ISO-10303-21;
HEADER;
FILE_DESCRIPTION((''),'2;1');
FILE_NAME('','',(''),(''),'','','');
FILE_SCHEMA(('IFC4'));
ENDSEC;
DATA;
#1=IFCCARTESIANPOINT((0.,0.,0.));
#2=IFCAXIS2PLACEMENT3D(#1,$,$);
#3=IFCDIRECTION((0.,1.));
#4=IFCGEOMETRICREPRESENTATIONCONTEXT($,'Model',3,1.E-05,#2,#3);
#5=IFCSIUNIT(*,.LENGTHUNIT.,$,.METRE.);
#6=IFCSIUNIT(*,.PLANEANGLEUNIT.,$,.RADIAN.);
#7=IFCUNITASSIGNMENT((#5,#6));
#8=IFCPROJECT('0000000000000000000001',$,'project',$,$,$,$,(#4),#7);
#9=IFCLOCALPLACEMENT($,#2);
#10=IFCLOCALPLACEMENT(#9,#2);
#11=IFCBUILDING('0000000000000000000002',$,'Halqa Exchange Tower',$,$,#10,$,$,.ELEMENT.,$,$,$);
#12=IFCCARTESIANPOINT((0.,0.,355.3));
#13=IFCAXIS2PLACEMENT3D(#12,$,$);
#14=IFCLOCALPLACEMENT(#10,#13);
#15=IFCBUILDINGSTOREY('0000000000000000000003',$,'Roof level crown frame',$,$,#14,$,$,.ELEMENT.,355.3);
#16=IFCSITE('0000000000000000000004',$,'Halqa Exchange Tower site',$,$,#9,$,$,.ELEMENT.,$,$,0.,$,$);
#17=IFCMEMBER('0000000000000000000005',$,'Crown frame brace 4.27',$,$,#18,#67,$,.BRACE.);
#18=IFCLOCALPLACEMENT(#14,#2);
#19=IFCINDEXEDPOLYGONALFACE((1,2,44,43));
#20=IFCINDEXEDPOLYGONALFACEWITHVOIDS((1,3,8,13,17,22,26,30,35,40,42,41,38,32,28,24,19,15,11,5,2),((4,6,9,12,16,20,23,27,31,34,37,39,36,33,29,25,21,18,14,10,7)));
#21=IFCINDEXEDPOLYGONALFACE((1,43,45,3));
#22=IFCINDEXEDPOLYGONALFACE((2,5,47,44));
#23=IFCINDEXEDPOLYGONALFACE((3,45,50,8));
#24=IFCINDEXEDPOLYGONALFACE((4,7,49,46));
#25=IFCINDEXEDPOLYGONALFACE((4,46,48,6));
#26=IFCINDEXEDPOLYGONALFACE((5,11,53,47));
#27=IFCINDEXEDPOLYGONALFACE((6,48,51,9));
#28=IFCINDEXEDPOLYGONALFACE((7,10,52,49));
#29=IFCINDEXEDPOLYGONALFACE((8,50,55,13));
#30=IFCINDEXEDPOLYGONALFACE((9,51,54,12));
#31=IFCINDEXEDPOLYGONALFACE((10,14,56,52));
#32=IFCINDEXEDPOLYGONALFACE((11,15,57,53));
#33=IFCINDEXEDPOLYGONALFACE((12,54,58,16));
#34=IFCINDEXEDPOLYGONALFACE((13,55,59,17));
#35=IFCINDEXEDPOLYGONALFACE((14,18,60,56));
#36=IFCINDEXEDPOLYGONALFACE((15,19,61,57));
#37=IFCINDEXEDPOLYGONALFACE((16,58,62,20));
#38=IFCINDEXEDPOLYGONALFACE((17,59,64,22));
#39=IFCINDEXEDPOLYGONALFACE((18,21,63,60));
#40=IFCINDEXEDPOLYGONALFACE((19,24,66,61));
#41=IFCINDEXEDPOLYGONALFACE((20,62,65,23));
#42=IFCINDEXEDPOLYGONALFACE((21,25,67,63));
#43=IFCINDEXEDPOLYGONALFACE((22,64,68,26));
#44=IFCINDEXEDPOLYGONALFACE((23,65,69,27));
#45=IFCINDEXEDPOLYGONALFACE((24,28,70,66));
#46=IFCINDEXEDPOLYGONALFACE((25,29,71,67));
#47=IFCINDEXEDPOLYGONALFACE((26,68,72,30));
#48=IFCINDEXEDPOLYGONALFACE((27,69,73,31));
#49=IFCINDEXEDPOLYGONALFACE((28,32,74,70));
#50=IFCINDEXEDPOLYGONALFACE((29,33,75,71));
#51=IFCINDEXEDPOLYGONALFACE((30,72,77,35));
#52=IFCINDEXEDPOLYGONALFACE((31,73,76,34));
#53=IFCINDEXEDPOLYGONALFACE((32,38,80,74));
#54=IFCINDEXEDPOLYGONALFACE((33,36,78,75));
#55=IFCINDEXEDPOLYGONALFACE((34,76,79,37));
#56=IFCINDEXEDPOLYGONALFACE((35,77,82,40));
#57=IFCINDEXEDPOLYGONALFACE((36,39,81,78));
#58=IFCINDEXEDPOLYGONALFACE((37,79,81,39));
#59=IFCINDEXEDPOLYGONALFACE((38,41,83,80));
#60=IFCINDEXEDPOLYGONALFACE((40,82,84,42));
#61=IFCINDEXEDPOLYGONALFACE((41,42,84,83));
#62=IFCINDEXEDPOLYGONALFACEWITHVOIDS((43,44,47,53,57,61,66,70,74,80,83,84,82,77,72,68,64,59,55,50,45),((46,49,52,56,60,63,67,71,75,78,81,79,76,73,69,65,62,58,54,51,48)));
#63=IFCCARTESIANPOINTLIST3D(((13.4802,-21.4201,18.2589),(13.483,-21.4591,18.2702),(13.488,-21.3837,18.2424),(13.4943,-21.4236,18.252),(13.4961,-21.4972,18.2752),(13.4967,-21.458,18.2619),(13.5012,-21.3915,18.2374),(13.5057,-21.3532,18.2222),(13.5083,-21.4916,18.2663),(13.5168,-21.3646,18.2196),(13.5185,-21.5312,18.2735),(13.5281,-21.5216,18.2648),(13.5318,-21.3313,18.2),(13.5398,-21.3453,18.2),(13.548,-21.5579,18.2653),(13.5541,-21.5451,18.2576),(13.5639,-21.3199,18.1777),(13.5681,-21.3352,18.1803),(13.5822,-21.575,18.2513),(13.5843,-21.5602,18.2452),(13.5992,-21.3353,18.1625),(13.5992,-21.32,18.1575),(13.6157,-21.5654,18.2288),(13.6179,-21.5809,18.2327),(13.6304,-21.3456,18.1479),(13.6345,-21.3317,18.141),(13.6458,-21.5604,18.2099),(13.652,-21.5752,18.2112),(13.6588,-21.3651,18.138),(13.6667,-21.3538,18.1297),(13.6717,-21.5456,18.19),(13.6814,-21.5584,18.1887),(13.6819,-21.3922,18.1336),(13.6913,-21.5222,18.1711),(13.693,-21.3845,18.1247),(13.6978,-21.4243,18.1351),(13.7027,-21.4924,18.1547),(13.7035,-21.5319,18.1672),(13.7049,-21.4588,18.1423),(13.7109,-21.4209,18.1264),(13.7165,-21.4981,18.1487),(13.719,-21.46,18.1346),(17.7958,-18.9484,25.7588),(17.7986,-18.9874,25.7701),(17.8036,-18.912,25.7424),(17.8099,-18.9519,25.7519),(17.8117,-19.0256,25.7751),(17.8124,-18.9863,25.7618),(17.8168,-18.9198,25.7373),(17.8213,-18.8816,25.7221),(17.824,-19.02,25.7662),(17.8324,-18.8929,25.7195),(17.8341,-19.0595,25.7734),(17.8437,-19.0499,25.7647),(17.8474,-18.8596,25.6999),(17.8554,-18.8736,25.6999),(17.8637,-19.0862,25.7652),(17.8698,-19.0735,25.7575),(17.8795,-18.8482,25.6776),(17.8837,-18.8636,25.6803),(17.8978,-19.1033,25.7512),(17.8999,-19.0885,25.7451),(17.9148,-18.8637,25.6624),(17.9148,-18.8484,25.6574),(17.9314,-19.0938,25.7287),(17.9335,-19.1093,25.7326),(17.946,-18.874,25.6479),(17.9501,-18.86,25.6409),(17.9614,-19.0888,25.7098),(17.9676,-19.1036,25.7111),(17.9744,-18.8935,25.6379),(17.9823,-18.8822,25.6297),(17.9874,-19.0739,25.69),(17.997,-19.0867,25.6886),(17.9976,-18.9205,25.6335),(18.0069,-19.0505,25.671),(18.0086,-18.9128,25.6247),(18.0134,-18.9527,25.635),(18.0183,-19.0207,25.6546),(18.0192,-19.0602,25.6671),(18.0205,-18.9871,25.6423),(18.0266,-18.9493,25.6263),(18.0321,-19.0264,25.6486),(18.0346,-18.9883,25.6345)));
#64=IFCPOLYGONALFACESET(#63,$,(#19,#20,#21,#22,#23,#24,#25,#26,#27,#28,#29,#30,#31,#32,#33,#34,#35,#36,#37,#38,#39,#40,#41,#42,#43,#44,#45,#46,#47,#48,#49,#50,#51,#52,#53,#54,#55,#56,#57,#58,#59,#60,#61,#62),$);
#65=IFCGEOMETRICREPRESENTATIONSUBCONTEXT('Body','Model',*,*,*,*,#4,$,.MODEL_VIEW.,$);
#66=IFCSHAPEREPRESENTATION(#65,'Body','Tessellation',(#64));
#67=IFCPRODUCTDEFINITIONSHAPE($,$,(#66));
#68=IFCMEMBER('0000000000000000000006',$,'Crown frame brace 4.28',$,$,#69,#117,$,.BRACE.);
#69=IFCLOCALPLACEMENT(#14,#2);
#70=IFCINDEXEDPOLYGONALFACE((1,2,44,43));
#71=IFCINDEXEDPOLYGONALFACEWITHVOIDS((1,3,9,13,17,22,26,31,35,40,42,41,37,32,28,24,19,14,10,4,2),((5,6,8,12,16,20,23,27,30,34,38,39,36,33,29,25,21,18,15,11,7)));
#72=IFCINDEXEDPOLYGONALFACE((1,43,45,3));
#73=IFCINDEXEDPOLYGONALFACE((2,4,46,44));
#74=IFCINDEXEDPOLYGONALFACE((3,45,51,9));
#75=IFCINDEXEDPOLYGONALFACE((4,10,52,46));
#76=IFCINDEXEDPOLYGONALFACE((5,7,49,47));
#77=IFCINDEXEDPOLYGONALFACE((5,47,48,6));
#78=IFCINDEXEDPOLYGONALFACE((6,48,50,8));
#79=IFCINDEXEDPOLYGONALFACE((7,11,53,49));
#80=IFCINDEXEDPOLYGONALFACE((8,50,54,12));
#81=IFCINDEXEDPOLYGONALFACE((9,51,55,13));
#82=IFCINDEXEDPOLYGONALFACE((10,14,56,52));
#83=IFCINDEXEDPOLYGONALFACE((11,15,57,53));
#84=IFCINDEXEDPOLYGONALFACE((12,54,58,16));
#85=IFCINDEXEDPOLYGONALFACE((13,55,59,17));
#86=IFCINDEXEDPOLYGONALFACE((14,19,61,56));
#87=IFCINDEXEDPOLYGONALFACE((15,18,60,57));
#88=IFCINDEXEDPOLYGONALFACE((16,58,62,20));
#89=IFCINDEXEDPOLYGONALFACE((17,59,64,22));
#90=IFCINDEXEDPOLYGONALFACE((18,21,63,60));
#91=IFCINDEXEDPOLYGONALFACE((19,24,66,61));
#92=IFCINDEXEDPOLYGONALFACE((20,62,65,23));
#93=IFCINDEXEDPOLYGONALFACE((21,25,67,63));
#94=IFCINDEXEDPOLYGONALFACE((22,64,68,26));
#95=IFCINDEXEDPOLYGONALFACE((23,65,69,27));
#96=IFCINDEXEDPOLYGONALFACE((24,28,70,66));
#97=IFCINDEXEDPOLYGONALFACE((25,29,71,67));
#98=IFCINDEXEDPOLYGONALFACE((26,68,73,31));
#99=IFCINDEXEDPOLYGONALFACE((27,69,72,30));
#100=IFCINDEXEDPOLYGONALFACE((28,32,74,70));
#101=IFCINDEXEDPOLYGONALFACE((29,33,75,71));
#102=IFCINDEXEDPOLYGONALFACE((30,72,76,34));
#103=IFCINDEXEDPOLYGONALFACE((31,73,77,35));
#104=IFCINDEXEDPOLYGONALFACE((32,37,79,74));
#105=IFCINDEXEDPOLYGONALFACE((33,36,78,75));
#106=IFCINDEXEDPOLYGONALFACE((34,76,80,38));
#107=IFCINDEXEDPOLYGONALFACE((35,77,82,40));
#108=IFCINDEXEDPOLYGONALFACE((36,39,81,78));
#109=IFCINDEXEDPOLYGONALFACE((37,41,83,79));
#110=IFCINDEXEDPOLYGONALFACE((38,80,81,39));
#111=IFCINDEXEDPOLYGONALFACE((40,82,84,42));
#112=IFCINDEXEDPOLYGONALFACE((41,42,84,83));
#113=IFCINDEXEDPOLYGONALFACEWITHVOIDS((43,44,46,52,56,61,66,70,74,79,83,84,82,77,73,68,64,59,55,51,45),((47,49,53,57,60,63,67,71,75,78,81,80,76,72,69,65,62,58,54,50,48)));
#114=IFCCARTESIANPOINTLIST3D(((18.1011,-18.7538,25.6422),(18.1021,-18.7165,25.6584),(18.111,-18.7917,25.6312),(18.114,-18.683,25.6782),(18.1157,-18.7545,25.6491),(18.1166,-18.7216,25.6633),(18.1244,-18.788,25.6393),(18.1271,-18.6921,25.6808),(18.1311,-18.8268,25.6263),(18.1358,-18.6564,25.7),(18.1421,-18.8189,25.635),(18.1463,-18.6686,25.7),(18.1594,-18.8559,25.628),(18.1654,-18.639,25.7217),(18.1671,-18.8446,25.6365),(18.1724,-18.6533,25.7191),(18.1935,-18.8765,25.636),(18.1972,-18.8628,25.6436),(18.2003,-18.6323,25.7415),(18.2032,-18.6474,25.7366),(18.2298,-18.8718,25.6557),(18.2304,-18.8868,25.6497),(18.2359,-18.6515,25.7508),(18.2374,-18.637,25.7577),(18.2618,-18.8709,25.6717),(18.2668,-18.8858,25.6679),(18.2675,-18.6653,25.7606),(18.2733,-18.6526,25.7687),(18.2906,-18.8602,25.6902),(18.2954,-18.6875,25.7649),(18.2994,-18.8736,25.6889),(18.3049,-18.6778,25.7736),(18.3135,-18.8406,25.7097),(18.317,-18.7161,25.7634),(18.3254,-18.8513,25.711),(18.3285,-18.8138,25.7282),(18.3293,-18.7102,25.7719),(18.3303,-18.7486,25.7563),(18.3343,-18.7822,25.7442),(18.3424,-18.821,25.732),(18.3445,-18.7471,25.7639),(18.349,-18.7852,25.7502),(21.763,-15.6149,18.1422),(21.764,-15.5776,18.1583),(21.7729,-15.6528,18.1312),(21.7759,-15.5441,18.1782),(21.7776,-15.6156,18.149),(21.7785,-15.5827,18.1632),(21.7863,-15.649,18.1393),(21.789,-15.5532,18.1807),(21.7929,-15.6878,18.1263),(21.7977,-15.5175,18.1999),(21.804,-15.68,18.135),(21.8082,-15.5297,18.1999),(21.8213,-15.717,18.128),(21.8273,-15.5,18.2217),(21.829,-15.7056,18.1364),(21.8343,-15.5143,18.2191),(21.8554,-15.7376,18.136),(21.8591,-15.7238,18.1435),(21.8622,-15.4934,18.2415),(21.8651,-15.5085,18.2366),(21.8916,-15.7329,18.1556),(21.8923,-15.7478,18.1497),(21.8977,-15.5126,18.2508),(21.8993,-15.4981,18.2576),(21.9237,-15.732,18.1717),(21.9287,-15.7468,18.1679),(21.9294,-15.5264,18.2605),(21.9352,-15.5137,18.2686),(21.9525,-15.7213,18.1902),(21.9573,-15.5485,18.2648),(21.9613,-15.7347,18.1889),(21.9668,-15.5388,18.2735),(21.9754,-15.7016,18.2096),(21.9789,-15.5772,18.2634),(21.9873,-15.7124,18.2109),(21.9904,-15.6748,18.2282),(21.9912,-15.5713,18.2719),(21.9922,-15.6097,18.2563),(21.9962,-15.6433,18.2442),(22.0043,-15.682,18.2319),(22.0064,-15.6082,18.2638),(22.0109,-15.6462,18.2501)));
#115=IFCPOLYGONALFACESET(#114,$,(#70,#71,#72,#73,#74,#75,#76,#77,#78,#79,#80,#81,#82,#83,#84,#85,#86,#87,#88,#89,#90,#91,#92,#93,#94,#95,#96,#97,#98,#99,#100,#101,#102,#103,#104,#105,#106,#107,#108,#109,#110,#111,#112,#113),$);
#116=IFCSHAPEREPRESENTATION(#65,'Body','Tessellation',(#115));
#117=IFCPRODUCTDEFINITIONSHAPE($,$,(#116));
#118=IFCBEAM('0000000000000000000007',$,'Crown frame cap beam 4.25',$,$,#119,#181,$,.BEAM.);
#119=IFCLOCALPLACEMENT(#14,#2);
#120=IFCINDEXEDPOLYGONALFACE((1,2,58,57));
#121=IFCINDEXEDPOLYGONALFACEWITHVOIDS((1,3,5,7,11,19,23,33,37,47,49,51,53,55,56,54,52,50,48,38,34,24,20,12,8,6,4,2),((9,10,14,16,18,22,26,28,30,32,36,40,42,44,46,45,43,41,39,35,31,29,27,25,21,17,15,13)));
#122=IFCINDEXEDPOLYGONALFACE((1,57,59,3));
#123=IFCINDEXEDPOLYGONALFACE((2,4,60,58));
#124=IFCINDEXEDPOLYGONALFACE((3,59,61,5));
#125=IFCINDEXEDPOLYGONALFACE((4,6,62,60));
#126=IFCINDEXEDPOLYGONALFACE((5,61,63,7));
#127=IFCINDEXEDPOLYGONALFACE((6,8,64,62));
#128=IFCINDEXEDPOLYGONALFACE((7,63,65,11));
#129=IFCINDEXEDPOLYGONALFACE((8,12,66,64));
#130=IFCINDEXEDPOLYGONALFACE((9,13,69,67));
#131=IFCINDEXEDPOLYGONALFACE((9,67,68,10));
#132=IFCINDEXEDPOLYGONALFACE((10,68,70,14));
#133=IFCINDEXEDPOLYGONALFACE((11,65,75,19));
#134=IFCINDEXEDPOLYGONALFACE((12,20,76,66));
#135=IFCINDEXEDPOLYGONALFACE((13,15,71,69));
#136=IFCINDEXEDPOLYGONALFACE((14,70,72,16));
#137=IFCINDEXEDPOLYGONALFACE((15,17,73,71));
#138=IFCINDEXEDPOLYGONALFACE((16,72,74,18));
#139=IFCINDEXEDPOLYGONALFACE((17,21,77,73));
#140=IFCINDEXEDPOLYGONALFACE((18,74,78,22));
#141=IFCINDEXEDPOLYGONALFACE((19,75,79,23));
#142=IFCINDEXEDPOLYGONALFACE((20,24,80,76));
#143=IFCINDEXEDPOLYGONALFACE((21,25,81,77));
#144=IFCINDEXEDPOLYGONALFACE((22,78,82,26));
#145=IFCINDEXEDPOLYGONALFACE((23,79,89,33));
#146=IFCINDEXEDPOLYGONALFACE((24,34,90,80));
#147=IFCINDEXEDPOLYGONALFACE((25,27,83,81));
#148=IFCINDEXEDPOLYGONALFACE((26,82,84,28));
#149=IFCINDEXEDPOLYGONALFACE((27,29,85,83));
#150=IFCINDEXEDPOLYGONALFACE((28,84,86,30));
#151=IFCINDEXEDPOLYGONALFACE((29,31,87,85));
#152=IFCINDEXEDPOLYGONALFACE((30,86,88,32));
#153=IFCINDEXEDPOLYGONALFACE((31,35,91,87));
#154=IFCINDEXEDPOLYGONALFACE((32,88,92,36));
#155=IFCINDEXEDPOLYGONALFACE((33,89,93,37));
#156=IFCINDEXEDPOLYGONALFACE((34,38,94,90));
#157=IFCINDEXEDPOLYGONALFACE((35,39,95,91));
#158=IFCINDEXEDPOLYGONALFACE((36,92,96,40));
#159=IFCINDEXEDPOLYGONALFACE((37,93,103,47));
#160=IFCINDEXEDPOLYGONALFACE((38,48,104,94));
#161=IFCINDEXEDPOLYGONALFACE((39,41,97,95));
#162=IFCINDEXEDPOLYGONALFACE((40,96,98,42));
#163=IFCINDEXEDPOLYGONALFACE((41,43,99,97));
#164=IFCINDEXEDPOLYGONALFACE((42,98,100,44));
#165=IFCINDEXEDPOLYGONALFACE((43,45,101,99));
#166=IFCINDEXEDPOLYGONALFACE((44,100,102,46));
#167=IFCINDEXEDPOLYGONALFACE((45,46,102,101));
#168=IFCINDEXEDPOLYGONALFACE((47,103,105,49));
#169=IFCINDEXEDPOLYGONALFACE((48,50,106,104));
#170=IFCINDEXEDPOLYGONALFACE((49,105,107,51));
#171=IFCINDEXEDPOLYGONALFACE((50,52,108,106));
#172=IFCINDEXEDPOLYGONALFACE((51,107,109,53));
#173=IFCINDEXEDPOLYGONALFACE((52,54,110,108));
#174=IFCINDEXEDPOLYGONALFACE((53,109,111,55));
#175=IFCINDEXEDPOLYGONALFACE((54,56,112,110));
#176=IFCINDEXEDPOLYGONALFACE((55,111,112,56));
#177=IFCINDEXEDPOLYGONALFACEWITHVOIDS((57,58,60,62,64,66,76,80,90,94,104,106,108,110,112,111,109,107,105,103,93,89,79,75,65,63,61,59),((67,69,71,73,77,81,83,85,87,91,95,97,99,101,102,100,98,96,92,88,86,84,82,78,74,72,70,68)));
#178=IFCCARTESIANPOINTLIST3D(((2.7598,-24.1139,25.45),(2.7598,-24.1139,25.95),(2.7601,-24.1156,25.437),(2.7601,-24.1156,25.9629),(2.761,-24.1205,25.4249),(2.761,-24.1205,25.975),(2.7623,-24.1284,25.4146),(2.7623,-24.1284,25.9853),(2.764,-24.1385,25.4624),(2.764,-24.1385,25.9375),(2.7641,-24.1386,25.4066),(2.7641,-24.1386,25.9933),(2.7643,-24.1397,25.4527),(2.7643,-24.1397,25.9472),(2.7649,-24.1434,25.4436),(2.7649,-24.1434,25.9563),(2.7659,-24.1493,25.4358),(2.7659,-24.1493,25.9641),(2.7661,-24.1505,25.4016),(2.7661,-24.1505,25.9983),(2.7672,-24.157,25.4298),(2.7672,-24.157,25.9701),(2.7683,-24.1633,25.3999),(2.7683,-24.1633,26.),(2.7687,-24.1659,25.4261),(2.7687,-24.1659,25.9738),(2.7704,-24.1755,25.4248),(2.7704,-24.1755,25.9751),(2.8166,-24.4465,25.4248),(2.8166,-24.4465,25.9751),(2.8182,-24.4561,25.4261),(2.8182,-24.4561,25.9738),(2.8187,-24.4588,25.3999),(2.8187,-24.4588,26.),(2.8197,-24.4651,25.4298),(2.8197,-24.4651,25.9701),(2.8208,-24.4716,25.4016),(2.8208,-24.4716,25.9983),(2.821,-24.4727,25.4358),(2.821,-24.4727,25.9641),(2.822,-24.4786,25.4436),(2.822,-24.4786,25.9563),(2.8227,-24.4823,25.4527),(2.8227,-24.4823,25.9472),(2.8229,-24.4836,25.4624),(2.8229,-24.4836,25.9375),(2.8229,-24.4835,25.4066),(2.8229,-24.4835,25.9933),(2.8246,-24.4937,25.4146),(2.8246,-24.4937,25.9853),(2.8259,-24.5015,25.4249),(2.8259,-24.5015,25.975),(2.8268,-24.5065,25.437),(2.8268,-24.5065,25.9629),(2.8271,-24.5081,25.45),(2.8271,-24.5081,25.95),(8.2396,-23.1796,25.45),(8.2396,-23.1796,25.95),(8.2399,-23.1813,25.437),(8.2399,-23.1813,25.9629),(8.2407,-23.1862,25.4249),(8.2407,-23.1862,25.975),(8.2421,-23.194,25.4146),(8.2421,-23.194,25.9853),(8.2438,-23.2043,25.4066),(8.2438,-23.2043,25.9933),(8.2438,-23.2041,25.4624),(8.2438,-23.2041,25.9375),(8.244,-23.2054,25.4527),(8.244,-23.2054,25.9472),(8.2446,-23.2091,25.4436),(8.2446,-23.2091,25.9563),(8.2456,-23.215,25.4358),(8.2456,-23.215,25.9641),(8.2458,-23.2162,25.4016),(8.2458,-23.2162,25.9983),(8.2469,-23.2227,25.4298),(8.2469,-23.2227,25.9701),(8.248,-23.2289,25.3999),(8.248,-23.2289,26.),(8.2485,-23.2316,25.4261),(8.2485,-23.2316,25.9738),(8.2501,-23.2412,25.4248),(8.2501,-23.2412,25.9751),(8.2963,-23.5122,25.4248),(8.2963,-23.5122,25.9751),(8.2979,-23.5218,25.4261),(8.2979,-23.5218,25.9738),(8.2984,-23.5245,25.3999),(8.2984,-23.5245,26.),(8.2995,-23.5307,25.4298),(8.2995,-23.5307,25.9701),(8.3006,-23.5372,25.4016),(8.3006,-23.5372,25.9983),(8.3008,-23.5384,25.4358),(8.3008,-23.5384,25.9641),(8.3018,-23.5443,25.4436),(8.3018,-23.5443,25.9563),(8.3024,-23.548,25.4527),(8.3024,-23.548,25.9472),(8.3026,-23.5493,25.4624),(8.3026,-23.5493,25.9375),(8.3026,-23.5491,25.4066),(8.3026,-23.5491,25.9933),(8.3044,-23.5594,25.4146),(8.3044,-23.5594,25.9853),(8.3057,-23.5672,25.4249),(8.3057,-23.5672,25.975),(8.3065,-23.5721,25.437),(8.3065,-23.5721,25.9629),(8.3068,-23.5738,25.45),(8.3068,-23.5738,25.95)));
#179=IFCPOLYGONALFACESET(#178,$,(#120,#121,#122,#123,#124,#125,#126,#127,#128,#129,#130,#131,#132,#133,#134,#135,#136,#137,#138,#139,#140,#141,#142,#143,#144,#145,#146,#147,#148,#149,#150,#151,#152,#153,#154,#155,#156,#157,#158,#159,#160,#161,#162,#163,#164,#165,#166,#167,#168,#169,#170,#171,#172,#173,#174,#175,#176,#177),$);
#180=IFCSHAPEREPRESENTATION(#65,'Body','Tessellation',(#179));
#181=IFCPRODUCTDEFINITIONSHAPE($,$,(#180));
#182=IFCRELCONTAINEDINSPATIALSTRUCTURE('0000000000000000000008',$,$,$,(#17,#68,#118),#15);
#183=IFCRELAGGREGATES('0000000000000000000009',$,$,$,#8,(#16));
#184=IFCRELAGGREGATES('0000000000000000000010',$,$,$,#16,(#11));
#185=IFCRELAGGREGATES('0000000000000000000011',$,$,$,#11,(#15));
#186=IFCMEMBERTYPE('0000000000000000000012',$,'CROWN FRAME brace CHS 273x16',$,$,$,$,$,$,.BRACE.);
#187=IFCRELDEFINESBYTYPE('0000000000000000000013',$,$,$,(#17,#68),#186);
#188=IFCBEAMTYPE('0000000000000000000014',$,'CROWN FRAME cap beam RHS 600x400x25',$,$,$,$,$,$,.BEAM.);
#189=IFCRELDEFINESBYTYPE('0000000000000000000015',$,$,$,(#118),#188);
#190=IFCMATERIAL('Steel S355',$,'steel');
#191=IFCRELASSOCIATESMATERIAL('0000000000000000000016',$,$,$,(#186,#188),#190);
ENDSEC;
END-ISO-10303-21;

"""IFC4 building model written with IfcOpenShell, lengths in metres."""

from ifc_helpers import new_model, si_unit, direction, frame, origin, origin_2d, place, context, subcontext, project, spatial, hollow_rectangle, hollow_circle, extrude, material, material_profile, profile_set, type_object, element, save


model = new_model("IFC4")

# Units and contexts
model_context = context("Model", 3, precision=1e-05, world=origin(), true_north=direction((0.0, 1.0)))
body_context = subcontext(model_context, "Body", "Model", "MODEL_VIEW")
ifc_project = project(units=[si_unit("LENGTHUNIT", "METRE"), si_unit("PLANEANGLEUNIT", "RADIAN")], contexts=[model_context])

# Site, building, storey
site_placement = place(None, origin())
site = spatial("IfcSite", under=ifc_project, at=site_placement, Name="Halqa Exchange Tower site", CompositionType="ELEMENT", RefElevation=0.0)
building_placement = place(site_placement, origin())
building = spatial("IfcBuilding", under=site, at=building_placement, Name="Halqa Exchange Tower", CompositionType="ELEMENT")
storey_placement = place(building_placement, frame((0.0, 0.0, 355.3)))
storey = spatial("IfcBuildingStorey", under=building, at=storey_placement, Name="Roof level crown frame", CompositionType="ELEMENT", Elevation=355.3)

# Members
ifc_material_1 = material(Name="Steel S355", Category="steel")
ifc_material_profile_1 = material_profile(ifc_material_1, hollow_circle(Radius=0.1365, WallThickness=0.0161, at=origin_2d()), Name="CHS 273x16")
ifc_profile_set_1 = profile_set([ifc_material_profile_1], Name="Steel S355")
member_type = type_object("IfcMemberType", Name="CROWN FRAME brace CHS 273x16", PredefinedType="BRACE", material=ifc_profile_set_1)
member_1_placement = place(storey_placement, frame((13.5996, -21.4497, 18.2), z_axis=(0.479566, 0.274658, 0.833414), x_axis=(-0.496985, 0.867759, 0.0)))
element("IfcMember", 1, at=member_1_placement, inside=storey, type_object=member_type, Name="Crown frame brace 4.27", PredefinedType="BRACE", context=body_context, shape_type="SweptSolid", body=[
    extrude(hollow_circle(Radius=0.1365, WallThickness=0.0161, at=origin_2d()), origin(), (0.0, 0.0, 1.0), 8.999),
])
member_2_placement = place(storey_placement, frame((18.2246, -18.76, 25.7), z_axis=(0.410663, 0.352017, -0.841094), x_axis=(-0.650812, 0.759239, 0.0)))
element("IfcMember", 2, at=member_2_placement, inside=storey, type_object=member_type, Name="Crown frame brace 4.28", PredefinedType="BRACE", context=body_context, shape_type="SweptSolid", body=[
    extrude(hollow_circle(Radius=0.1365, WallThickness=0.0161, at=origin_2d()), origin(), (0.0, 0.0, 1.0), 8.917),
])

# Beam
ifc_material_profile_2 = material_profile(ifc_material_1, hollow_rectangle(XDim=0.3999, YDim=0.6001, WallThickness=0.0249, InnerFilletRadius=0.0376, OuterFilletRadius=0.05, at=origin_2d()), Name="RHS 600x400x25")
ifc_profile_set_2 = profile_set([ifc_material_profile_2], Name="Steel S355")
beam_type_1 = type_object("IfcBeamType", Name="CROWN FRAME cap beam RHS 600x400x25", PredefinedType="BEAM", material=ifc_profile_set_2)
beam_1_placement = place(storey_placement, frame((2.7935, -24.311, 25.7), z_axis=(0.985773, 0.16808, 0.0), x_axis=(-0.16808, 0.985773, 0.0)))
element("IfcBeam", 3, at=beam_1_placement, inside=storey, type_object=beam_type_1, Name="Crown frame cap beam 4.25", PredefinedType="BEAM", context=body_context, shape_type="SweptSolid", body=[
    extrude(hollow_rectangle(XDim=0.3999, YDim=0.6001, WallThickness=0.0249, InnerFilletRadius=0.0376, OuterFilletRadius=0.05, at=origin_2d()), origin(), (0.0, 0.0, 1.0), 5.5588),
])

save(model, "model.ifc")
